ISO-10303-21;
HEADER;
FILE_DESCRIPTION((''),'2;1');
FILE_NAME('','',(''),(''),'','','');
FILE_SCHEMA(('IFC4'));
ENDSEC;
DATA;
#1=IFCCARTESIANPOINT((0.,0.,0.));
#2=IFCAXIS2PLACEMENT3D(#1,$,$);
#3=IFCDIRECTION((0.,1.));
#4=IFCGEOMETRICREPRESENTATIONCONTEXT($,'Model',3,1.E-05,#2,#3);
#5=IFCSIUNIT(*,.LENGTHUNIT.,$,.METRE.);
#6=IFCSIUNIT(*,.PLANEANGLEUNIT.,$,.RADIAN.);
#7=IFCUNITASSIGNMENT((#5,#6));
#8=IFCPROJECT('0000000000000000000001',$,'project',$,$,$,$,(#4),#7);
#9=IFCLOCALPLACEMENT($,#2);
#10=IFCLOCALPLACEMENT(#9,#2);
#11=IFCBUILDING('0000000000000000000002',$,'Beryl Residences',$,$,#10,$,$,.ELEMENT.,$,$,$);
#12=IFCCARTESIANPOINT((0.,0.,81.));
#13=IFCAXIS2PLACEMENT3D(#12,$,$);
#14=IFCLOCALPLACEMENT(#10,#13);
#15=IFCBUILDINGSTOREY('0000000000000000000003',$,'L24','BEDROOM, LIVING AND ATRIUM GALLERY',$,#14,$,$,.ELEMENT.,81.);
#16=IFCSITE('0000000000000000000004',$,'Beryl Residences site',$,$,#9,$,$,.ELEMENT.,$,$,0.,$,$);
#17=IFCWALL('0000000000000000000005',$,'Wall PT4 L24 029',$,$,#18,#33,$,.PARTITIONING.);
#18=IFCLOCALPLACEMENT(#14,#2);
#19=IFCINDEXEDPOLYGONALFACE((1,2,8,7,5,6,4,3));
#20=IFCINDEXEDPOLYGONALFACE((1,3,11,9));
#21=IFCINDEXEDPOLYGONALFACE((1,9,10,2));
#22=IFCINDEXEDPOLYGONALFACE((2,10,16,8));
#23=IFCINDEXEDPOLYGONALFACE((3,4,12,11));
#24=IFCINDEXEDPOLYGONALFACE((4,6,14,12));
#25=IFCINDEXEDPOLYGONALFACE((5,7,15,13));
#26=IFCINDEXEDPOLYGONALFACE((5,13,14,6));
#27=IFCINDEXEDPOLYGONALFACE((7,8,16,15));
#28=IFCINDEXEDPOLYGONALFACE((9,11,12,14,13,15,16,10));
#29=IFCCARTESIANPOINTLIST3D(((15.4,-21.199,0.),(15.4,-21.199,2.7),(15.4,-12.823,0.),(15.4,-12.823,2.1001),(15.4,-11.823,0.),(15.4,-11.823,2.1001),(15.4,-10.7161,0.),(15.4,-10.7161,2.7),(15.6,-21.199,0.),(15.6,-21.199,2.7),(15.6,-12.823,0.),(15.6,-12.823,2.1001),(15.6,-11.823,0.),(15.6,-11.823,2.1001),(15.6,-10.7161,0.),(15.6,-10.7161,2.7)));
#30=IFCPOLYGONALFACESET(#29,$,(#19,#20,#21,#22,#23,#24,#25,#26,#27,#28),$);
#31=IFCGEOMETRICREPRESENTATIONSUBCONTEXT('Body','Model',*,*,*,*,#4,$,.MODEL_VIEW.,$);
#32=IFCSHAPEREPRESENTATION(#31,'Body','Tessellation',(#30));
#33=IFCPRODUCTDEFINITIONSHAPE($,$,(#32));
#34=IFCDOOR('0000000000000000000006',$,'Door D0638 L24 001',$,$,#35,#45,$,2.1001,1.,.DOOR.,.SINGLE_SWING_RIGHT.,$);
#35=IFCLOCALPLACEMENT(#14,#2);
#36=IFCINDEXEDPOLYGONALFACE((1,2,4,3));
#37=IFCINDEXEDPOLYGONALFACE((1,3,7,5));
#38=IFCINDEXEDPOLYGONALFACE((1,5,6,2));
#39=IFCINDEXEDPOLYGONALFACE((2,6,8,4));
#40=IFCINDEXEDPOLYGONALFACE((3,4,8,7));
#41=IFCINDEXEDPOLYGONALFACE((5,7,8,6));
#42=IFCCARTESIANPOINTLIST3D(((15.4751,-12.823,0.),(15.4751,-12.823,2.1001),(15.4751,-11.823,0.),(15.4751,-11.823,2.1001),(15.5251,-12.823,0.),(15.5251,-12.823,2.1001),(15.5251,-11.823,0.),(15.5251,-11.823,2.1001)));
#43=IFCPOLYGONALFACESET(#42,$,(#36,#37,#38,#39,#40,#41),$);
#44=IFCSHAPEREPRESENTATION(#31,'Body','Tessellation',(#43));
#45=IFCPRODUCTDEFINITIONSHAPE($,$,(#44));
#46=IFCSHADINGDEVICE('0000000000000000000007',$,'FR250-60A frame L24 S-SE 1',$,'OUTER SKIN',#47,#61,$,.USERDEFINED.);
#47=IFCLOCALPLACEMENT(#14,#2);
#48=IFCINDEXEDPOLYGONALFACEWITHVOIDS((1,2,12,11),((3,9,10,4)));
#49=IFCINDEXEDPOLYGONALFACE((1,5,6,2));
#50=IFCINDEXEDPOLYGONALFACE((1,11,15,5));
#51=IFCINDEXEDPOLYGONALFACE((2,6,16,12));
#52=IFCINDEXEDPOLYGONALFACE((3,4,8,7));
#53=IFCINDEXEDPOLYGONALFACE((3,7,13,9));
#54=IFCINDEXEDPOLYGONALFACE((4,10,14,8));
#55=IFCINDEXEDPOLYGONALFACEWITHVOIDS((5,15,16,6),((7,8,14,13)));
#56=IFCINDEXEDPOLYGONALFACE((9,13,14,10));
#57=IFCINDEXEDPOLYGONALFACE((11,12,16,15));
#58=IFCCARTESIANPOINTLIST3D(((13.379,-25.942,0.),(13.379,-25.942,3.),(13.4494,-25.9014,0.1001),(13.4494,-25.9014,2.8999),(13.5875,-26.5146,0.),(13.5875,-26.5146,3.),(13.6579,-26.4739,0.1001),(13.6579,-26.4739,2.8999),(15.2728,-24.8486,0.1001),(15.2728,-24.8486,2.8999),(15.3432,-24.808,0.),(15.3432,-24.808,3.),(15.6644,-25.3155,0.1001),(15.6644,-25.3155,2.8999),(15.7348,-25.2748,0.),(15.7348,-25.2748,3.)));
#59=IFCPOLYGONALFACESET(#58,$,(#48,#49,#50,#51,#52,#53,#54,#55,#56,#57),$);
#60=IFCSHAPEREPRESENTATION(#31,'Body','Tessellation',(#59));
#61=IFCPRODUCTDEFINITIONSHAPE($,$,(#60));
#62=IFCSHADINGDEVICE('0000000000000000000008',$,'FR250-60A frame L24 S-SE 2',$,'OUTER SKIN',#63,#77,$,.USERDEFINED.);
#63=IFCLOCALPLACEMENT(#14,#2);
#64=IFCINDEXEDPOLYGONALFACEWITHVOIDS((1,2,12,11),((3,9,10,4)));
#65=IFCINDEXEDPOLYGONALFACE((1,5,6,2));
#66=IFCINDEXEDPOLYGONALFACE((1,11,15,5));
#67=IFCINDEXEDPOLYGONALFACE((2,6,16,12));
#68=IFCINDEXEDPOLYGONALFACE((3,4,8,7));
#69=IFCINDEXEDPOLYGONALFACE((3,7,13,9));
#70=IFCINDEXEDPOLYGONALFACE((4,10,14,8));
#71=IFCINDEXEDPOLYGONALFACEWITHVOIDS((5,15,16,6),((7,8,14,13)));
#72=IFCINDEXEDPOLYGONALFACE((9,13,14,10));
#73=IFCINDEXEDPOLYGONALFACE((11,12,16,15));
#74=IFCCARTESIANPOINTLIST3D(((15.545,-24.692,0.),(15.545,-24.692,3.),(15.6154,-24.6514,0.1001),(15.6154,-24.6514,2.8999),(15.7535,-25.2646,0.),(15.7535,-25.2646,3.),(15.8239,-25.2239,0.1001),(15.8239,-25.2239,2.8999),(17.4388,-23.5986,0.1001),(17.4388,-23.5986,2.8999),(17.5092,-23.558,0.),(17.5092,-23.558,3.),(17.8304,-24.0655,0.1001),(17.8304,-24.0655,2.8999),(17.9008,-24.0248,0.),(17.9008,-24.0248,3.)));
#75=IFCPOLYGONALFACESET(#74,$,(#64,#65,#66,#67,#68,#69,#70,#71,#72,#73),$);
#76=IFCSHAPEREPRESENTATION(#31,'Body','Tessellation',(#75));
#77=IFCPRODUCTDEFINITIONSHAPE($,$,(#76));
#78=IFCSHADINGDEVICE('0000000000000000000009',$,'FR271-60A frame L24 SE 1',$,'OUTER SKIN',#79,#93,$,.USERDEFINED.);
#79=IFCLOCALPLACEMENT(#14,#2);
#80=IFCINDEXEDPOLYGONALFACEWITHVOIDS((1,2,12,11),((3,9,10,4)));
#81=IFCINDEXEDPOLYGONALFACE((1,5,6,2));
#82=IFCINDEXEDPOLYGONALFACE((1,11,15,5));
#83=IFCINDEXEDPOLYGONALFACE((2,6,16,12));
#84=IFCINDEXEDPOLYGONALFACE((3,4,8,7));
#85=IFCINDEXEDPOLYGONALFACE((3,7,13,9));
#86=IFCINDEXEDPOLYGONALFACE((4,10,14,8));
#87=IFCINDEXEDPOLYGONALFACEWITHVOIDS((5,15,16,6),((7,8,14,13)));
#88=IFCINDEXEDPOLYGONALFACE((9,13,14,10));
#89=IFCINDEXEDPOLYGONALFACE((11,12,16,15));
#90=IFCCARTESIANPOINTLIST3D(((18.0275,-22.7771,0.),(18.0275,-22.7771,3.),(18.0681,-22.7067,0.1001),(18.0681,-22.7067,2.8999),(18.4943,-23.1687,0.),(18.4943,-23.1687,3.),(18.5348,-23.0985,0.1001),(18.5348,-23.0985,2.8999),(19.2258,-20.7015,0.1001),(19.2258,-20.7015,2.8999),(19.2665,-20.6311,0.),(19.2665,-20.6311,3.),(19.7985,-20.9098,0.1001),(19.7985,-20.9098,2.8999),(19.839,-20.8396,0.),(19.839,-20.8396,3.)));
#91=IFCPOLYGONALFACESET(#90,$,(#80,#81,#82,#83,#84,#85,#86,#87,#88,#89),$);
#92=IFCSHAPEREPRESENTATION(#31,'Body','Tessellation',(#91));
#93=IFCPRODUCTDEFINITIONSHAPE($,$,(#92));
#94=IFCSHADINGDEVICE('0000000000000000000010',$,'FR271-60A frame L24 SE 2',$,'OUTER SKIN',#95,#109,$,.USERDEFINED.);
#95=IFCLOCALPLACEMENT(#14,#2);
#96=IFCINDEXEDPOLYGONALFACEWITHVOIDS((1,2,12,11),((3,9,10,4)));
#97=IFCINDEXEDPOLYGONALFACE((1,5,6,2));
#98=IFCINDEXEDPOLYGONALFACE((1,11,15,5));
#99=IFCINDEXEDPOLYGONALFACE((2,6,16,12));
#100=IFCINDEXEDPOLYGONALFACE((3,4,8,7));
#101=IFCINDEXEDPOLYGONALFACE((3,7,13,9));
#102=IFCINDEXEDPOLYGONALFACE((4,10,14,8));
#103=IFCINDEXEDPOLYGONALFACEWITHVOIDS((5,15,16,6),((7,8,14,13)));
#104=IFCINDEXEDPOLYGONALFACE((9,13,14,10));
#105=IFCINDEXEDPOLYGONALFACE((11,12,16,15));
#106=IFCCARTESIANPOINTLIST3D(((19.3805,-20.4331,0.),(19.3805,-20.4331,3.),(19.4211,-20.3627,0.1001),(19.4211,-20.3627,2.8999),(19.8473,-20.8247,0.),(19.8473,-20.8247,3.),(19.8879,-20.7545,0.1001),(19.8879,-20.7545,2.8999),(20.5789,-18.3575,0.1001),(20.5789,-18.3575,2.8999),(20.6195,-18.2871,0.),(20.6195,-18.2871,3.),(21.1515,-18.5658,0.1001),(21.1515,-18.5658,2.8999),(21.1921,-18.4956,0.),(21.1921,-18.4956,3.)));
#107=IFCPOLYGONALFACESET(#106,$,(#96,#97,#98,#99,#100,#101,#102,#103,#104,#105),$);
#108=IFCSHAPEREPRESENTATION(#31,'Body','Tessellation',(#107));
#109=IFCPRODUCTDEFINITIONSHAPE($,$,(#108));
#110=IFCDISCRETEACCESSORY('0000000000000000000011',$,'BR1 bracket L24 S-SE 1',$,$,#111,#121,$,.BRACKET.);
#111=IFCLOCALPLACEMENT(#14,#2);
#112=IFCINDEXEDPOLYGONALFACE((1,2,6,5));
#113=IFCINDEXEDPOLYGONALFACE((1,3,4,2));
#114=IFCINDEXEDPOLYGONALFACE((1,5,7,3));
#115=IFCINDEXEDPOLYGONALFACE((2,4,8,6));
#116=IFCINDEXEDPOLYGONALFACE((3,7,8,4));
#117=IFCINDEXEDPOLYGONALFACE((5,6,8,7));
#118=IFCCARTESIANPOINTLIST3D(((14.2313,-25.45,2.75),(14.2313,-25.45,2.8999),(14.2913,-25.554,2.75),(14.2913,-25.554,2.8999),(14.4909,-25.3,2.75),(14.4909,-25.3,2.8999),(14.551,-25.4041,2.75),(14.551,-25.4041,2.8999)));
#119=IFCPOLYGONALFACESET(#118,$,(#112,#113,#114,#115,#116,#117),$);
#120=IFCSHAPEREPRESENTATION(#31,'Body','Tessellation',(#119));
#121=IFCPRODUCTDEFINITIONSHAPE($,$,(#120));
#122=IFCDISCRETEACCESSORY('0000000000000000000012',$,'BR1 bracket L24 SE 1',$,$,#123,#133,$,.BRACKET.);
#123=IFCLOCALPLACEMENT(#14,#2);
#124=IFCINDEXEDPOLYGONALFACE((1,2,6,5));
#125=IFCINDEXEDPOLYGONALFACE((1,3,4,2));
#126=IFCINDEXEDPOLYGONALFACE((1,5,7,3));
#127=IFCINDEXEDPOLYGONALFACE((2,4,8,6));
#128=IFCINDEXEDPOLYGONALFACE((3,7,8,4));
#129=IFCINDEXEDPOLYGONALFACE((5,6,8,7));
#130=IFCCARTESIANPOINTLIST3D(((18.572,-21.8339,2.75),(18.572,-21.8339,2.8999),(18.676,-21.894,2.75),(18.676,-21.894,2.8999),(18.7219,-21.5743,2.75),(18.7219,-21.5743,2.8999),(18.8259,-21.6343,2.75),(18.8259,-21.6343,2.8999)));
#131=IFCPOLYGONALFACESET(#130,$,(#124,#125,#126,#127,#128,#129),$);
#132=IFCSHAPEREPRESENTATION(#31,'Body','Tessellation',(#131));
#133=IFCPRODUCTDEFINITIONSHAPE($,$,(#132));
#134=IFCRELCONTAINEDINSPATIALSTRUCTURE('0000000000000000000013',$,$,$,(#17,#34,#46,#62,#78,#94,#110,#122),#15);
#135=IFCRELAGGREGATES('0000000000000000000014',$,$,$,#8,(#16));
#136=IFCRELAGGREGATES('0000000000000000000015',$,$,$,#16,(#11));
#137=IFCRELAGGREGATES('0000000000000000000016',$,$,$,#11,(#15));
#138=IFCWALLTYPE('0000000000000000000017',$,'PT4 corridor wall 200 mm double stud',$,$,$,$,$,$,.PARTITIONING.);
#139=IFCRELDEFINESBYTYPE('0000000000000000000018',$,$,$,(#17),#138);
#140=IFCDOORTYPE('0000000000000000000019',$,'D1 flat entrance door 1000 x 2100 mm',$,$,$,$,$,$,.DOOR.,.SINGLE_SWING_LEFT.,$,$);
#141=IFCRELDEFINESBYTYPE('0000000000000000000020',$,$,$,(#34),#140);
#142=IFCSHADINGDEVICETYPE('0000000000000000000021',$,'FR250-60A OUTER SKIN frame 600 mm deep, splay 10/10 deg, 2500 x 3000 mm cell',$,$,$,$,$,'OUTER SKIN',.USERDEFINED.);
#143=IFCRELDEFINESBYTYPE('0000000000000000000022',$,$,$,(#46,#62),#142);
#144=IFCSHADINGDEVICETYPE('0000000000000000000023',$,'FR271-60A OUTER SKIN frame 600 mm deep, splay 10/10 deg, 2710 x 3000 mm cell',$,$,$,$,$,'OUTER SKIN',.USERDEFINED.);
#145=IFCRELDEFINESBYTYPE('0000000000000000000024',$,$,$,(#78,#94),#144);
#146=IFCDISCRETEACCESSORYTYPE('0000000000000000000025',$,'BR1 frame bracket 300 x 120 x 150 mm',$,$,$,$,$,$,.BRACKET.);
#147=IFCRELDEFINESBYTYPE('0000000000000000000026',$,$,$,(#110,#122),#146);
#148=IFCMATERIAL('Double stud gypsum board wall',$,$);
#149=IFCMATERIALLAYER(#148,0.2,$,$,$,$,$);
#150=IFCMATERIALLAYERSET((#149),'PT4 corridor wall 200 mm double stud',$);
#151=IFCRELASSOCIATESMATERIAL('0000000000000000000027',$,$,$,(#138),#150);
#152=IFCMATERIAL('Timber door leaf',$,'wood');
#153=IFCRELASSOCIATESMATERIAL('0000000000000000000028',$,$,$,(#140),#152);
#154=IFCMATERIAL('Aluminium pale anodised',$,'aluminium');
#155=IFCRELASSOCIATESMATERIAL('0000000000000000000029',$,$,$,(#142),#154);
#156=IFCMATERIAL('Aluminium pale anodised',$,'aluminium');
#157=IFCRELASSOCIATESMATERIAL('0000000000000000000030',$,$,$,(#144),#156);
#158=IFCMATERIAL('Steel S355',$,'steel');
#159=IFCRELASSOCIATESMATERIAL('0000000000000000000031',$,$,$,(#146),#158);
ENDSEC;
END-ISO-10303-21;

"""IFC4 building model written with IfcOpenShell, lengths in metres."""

from ifc_helpers import new_model, entity, si_unit, direction, frame, frame_2d, origin, place, context, subcontext, project, spatial, polyline, rectangle, outline, extrude, source, transform, mapped, material, layer, layer_set, type_object, type_shapes, element, fill, save


model = new_model("IFC4")

# Units and contexts
model_context = context("Model", 3, precision=1e-05, world=origin(), true_north=direction((0.0, 1.0)))
body_context = subcontext(model_context, "Body", "Model", "MODEL_VIEW")
ifc_project = project(units=[si_unit("LENGTHUNIT", "METRE"), si_unit("PLANEANGLEUNIT", "RADIAN")], contexts=[model_context])

# Site, building, storey
site_placement = place(None, origin())
site = spatial("IfcSite", under=ifc_project, at=site_placement, Name="Beryl Residences site", CompositionType="ELEMENT", RefElevation=0.0)
building_placement = place(site_placement, origin())
building = spatial("IfcBuilding", under=site, at=building_placement, Name="Beryl Residences", CompositionType="ELEMENT")
storey_placement = place(building_placement, frame((0.0, 0.0, 81.0)))
storey = spatial("IfcBuildingStorey", under=building, at=storey_placement, Name="L24", Description="BEDROOM, LIVING AND ATRIUM GALLERY", CompositionType="ELEMENT", Elevation=81.0)

# Wall, opening, door
ifc_material_1 = material(Name="Double stud gypsum board wall")
ifc_layer_1 = layer(ifc_material_1, 0.2)
ifc_layer_set_1 = layer_set([ifc_layer_1], Name="PT4 corridor wall 200 mm double stud")
wall_type_1 = type_object("IfcWallType", Name="PT4 corridor wall 200 mm double stud", PredefinedType="PARTITIONING", material=ifc_layer_set_1)
wall_1_placement = place(storey_placement, frame((15.5, -21.199, 0.0), z_axis=(0.0, 0.0, 1.0), x_axis=(0.0, 1.0, 0.0)))
wall_1 = element("IfcWall", 1, at=wall_1_placement, inside=storey, type_object=wall_type_1, Name="Wall PT4 L24 029", PredefinedType="PARTITIONING", context=body_context, shape_type="SweptSolid", body=[
    extrude(rectangle(XDim=10.4829, YDim=0.2, at=frame_2d((5.2415, 0.0))), origin(), (0.0, 0.0, 1.0), 2.7),
])
opening_1_placement = place(wall_1_placement, frame((8.376, 0.0, 0.0)))
opening_1 = element("IfcOpeningElement", 2, at=opening_1_placement, cuts=wall_1, PredefinedType="OPENING", context=body_context, shape_type="SweptSolid", body=[
    extrude(rectangle(XDim=1.0, YDim=2.1001, at=frame_2d((0.5, 1.05))), frame((0.0, 0.1099, 0.0), z_axis=(0.0, -1.0, 0.0), x_axis=(1.0, 0.0, 0.0)), (0.0, 0.0, 1.0), 0.22),
])
ifc_material_2 = material(Name="Timber door leaf", Category="wood")
door_type = type_object("IfcDoorType", Name="D1 flat entrance door 1000 x 2100 mm", OperationType="SINGLE_SWING_LEFT", PredefinedType="DOOR", material=ifc_material_2)
door_placement = place(opening_1_placement, origin())
door = element("IfcDoor", 3, at=door_placement, inside=storey, type_object=door_type, Name="Door D0638 L24 001", OperationType="SINGLE_SWING_RIGHT", OverallHeight=2.1001, OverallWidth=1.0, PredefinedType="DOOR", context=body_context, shape_type="SweptSolid", body=[
    extrude(rectangle(XDim=1.0, YDim=2.1001, at=frame_2d((0.5, 1.05))), frame((0.0, 0.0249, 0.0), z_axis=(0.0, -1.0, 0.0), x_axis=(1.0, 0.0, 0.0)), (0.0, 0.0, 1.0), 0.05),
])
fill(opening_1, door)

# Shading devices
ifc_material_3 = material(Name="Aluminium pale anodised", Category="aluminium")
shading_device_type_1 = type_object("IfcShadingDeviceType", Name="FR250-60A OUTER SKIN frame 600 mm deep, splay 10/10 deg, 2500 x 3000 mm cell", ElementType="OUTER SKIN", PredefinedType="USERDEFINED", material=ifc_material_3)
cartesian_point_1 = entity("IfcCartesianPoint", [-1.134, 0.0])
cartesian_point_2 = entity("IfcCartesianPoint", [-1.0527, 0.1001])
cartesian_point_3 = entity("IfcCartesianPoint", [-1.2397, 0.0])
cartesian_point_4 = entity("IfcCartesianPoint", [-1.1584, 0.1001])
shared_shape_1 = source(origin(), body_context, "Body", "SweptSolid", [
    entity("IfcExtrudedAreaSolidTapered", entity("IfcArbitraryProfileDefWithVoids", "AREA", None, entity("IfcPolyline", [cartesian_point_1, entity("IfcCartesianPoint", [1.134, 0.0]), entity("IfcCartesianPoint", [1.134, 3.0]), entity("IfcCartesianPoint", [-1.134, 3.0]), cartesian_point_1]), [entity("IfcPolyline", [cartesian_point_2, entity("IfcCartesianPoint", [1.0527, 0.1001]), entity("IfcCartesianPoint", [1.0527, 2.8999]), entity("IfcCartesianPoint", [-1.0527, 2.8999]), cartesian_point_2])]), entity("IfcAxis2Placement3D", entity("IfcCartesianPoint", [0.0, 0.0, 0.0]), entity("IfcDirection", [0.0, 1.0, 0.0]), entity("IfcDirection", [-1.0, 0.0, 0.0])), entity("IfcDirection", [0.0, 0.0, 1.0]), 0.6001, entity("IfcArbitraryProfileDefWithVoids", "AREA", None, entity("IfcPolyline", [cartesian_point_3, entity("IfcCartesianPoint", [1.2397, 0.0]), entity("IfcCartesianPoint", [1.2397, 3.0]), entity("IfcCartesianPoint", [-1.2397, 3.0]), cartesian_point_3]), [entity("IfcPolyline", [cartesian_point_4, entity("IfcCartesianPoint", [1.1584, 0.1001]), entity("IfcCartesianPoint", [1.1584, 2.8999]), entity("IfcCartesianPoint", [-1.1584, 2.8999]), cartesian_point_4])])),
])
type_shapes(shading_device_type_1, [shared_shape_1])
for number, where, z_axis, x_axis, name in (
    (4, (14.3611, -25.375, 0.0), (0.0, 0.0, 1.0), (-0.866025, -0.5, 0.0), "FR250-60A frame L24 S-SE 1"),
    (5, (16.5271, -24.125, 0.0), (0.0, 0.0, 1.0), (-0.866025, -0.5, 0.0), "FR250-60A frame L24 S-SE 2"),
):
    element("IfcShadingDevice", number, at=place(storey_placement, frame(where, z_axis=z_axis, x_axis=x_axis)), inside=storey, type_object=shading_device_type_1, Name=name, ObjectType="OUTER SKIN", PredefinedType="USERDEFINED", context=body_context, shape_type="MappedRepresentation", body=[
        mapped(shared_shape_1, transform((0.0, 0.0, 0.0))),
    ])
ifc_material_4 = material(Name="Aluminium pale anodised", Category="aluminium")
shading_device_type_2 = type_object("IfcShadingDeviceType", Name="FR271-60A OUTER SKIN frame 600 mm deep, splay 10/10 deg, 2710 x 3000 mm cell", ElementType="OUTER SKIN", PredefinedType="USERDEFINED", material=ifc_material_4)
cartesian_point_5 = entity("IfcCartesianPoint", [-1.239, 0.0])
cartesian_point_6 = entity("IfcCartesianPoint", [-1.1577, 0.1001])
cartesian_point_7 = entity("IfcCartesianPoint", [-1.3447, 0.0])
cartesian_point_8 = entity("IfcCartesianPoint", [-1.2637, 0.1001])
shared_shape_2 = source(origin(), body_context, "Body", "SweptSolid", [
    entity("IfcExtrudedAreaSolidTapered", entity("IfcArbitraryProfileDefWithVoids", "AREA", None, entity("IfcPolyline", [cartesian_point_5, entity("IfcCartesianPoint", [1.239, 0.0]), entity("IfcCartesianPoint", [1.239, 3.0]), entity("IfcCartesianPoint", [-1.239, 3.0]), cartesian_point_5]), [entity("IfcPolyline", [cartesian_point_6, entity("IfcCartesianPoint", [1.1577, 0.1001]), entity("IfcCartesianPoint", [1.1577, 2.8999]), entity("IfcCartesianPoint", [-1.1577, 2.8999]), cartesian_point_6])]), entity("IfcAxis2Placement3D", entity("IfcCartesianPoint", [0.0, 0.0, 0.0]), entity("IfcDirection", [0.0, 1.0, 0.0]), entity("IfcDirection", [-1.0, 0.0, 0.0])), entity("IfcDirection", [0.0, 0.0, 1.0]), 0.6001, entity("IfcArbitraryProfileDefWithVoids", "AREA", None, entity("IfcPolyline", [cartesian_point_7, entity("IfcCartesianPoint", [1.3447, 0.0]), entity("IfcCartesianPoint", [1.3447, 3.0]), entity("IfcCartesianPoint", [-1.3447, 3.0]), cartesian_point_7]), [entity("IfcPolyline", [cartesian_point_8, entity("IfcCartesianPoint", [1.2637, 0.1001]), entity("IfcCartesianPoint", [1.2637, 2.8999]), entity("IfcCartesianPoint", [-1.2637, 2.8999]), cartesian_point_8])])),
])
type_shapes(shading_device_type_2, [shared_shape_2])
for number, where, z_axis, x_axis, name in (
    (6, (18.647, -21.7041, 0.0), (0.0, 0.0, 1.0), (-0.5, -0.866025, 0.0), "FR271-60A frame L24 SE 1"),
    (7, (20.0, -19.3601, 0.0), (0.0, 0.0, 1.0), (-0.5, -0.866025, 0.0), "FR271-60A frame L24 SE 2"),
):
    element("IfcShadingDevice", number, at=place(storey_placement, frame(where, z_axis=z_axis, x_axis=x_axis)), inside=storey, type_object=shading_device_type_2, Name=name, ObjectType="OUTER SKIN", PredefinedType="USERDEFINED", context=body_context, shape_type="MappedRepresentation", body=[
        mapped(shared_shape_2, transform((0.0, 0.0, 0.0))),
    ])

# Discrete accessories
ifc_material_5 = material(Name="Steel S355", Category="steel")
discrete_accessory_type = type_object("IfcDiscreteAccessoryType", Name="BR1 frame bracket 300 x 120 x 150 mm", PredefinedType="BRACKET", material=ifc_material_5)
shared_shape_3 = source(origin(), body_context, "Body", "SweptSolid", [
    extrude(outline(polyline([(-0.1499, 0.0), (0.1499, 0.0), (0.1499, 0.1201), (-0.1499, 0.1201), (-0.1499, 0.0)])), origin(), (0.0, 0.0, 1.0), 0.1499),
])
type_shapes(discrete_accessory_type, [shared_shape_3])
for number, where, z_axis, x_axis, name in (
    (8, (14.3611, -25.375, 2.75), (0.0, 0.0, 1.0), (-0.866025, -0.5, 0.0), "BR1 bracket L24 S-SE 1"),
    (9, (18.647, -21.7041, 2.75), (0.0, 0.0, 1.0), (-0.5, -0.866025, 0.0), "BR1 bracket L24 SE 1"),
):
    element("IfcDiscreteAccessory", number, at=place(storey_placement, frame(where, z_axis=z_axis, x_axis=x_axis)), inside=storey, type_object=discrete_accessory_type, Name=name, PredefinedType="BRACKET", context=body_context, shape_type="MappedRepresentation", body=[
        mapped(shared_shape_3, transform((0.0, 0.0, 0.0))),
    ])

save(model, "model.ifc")
